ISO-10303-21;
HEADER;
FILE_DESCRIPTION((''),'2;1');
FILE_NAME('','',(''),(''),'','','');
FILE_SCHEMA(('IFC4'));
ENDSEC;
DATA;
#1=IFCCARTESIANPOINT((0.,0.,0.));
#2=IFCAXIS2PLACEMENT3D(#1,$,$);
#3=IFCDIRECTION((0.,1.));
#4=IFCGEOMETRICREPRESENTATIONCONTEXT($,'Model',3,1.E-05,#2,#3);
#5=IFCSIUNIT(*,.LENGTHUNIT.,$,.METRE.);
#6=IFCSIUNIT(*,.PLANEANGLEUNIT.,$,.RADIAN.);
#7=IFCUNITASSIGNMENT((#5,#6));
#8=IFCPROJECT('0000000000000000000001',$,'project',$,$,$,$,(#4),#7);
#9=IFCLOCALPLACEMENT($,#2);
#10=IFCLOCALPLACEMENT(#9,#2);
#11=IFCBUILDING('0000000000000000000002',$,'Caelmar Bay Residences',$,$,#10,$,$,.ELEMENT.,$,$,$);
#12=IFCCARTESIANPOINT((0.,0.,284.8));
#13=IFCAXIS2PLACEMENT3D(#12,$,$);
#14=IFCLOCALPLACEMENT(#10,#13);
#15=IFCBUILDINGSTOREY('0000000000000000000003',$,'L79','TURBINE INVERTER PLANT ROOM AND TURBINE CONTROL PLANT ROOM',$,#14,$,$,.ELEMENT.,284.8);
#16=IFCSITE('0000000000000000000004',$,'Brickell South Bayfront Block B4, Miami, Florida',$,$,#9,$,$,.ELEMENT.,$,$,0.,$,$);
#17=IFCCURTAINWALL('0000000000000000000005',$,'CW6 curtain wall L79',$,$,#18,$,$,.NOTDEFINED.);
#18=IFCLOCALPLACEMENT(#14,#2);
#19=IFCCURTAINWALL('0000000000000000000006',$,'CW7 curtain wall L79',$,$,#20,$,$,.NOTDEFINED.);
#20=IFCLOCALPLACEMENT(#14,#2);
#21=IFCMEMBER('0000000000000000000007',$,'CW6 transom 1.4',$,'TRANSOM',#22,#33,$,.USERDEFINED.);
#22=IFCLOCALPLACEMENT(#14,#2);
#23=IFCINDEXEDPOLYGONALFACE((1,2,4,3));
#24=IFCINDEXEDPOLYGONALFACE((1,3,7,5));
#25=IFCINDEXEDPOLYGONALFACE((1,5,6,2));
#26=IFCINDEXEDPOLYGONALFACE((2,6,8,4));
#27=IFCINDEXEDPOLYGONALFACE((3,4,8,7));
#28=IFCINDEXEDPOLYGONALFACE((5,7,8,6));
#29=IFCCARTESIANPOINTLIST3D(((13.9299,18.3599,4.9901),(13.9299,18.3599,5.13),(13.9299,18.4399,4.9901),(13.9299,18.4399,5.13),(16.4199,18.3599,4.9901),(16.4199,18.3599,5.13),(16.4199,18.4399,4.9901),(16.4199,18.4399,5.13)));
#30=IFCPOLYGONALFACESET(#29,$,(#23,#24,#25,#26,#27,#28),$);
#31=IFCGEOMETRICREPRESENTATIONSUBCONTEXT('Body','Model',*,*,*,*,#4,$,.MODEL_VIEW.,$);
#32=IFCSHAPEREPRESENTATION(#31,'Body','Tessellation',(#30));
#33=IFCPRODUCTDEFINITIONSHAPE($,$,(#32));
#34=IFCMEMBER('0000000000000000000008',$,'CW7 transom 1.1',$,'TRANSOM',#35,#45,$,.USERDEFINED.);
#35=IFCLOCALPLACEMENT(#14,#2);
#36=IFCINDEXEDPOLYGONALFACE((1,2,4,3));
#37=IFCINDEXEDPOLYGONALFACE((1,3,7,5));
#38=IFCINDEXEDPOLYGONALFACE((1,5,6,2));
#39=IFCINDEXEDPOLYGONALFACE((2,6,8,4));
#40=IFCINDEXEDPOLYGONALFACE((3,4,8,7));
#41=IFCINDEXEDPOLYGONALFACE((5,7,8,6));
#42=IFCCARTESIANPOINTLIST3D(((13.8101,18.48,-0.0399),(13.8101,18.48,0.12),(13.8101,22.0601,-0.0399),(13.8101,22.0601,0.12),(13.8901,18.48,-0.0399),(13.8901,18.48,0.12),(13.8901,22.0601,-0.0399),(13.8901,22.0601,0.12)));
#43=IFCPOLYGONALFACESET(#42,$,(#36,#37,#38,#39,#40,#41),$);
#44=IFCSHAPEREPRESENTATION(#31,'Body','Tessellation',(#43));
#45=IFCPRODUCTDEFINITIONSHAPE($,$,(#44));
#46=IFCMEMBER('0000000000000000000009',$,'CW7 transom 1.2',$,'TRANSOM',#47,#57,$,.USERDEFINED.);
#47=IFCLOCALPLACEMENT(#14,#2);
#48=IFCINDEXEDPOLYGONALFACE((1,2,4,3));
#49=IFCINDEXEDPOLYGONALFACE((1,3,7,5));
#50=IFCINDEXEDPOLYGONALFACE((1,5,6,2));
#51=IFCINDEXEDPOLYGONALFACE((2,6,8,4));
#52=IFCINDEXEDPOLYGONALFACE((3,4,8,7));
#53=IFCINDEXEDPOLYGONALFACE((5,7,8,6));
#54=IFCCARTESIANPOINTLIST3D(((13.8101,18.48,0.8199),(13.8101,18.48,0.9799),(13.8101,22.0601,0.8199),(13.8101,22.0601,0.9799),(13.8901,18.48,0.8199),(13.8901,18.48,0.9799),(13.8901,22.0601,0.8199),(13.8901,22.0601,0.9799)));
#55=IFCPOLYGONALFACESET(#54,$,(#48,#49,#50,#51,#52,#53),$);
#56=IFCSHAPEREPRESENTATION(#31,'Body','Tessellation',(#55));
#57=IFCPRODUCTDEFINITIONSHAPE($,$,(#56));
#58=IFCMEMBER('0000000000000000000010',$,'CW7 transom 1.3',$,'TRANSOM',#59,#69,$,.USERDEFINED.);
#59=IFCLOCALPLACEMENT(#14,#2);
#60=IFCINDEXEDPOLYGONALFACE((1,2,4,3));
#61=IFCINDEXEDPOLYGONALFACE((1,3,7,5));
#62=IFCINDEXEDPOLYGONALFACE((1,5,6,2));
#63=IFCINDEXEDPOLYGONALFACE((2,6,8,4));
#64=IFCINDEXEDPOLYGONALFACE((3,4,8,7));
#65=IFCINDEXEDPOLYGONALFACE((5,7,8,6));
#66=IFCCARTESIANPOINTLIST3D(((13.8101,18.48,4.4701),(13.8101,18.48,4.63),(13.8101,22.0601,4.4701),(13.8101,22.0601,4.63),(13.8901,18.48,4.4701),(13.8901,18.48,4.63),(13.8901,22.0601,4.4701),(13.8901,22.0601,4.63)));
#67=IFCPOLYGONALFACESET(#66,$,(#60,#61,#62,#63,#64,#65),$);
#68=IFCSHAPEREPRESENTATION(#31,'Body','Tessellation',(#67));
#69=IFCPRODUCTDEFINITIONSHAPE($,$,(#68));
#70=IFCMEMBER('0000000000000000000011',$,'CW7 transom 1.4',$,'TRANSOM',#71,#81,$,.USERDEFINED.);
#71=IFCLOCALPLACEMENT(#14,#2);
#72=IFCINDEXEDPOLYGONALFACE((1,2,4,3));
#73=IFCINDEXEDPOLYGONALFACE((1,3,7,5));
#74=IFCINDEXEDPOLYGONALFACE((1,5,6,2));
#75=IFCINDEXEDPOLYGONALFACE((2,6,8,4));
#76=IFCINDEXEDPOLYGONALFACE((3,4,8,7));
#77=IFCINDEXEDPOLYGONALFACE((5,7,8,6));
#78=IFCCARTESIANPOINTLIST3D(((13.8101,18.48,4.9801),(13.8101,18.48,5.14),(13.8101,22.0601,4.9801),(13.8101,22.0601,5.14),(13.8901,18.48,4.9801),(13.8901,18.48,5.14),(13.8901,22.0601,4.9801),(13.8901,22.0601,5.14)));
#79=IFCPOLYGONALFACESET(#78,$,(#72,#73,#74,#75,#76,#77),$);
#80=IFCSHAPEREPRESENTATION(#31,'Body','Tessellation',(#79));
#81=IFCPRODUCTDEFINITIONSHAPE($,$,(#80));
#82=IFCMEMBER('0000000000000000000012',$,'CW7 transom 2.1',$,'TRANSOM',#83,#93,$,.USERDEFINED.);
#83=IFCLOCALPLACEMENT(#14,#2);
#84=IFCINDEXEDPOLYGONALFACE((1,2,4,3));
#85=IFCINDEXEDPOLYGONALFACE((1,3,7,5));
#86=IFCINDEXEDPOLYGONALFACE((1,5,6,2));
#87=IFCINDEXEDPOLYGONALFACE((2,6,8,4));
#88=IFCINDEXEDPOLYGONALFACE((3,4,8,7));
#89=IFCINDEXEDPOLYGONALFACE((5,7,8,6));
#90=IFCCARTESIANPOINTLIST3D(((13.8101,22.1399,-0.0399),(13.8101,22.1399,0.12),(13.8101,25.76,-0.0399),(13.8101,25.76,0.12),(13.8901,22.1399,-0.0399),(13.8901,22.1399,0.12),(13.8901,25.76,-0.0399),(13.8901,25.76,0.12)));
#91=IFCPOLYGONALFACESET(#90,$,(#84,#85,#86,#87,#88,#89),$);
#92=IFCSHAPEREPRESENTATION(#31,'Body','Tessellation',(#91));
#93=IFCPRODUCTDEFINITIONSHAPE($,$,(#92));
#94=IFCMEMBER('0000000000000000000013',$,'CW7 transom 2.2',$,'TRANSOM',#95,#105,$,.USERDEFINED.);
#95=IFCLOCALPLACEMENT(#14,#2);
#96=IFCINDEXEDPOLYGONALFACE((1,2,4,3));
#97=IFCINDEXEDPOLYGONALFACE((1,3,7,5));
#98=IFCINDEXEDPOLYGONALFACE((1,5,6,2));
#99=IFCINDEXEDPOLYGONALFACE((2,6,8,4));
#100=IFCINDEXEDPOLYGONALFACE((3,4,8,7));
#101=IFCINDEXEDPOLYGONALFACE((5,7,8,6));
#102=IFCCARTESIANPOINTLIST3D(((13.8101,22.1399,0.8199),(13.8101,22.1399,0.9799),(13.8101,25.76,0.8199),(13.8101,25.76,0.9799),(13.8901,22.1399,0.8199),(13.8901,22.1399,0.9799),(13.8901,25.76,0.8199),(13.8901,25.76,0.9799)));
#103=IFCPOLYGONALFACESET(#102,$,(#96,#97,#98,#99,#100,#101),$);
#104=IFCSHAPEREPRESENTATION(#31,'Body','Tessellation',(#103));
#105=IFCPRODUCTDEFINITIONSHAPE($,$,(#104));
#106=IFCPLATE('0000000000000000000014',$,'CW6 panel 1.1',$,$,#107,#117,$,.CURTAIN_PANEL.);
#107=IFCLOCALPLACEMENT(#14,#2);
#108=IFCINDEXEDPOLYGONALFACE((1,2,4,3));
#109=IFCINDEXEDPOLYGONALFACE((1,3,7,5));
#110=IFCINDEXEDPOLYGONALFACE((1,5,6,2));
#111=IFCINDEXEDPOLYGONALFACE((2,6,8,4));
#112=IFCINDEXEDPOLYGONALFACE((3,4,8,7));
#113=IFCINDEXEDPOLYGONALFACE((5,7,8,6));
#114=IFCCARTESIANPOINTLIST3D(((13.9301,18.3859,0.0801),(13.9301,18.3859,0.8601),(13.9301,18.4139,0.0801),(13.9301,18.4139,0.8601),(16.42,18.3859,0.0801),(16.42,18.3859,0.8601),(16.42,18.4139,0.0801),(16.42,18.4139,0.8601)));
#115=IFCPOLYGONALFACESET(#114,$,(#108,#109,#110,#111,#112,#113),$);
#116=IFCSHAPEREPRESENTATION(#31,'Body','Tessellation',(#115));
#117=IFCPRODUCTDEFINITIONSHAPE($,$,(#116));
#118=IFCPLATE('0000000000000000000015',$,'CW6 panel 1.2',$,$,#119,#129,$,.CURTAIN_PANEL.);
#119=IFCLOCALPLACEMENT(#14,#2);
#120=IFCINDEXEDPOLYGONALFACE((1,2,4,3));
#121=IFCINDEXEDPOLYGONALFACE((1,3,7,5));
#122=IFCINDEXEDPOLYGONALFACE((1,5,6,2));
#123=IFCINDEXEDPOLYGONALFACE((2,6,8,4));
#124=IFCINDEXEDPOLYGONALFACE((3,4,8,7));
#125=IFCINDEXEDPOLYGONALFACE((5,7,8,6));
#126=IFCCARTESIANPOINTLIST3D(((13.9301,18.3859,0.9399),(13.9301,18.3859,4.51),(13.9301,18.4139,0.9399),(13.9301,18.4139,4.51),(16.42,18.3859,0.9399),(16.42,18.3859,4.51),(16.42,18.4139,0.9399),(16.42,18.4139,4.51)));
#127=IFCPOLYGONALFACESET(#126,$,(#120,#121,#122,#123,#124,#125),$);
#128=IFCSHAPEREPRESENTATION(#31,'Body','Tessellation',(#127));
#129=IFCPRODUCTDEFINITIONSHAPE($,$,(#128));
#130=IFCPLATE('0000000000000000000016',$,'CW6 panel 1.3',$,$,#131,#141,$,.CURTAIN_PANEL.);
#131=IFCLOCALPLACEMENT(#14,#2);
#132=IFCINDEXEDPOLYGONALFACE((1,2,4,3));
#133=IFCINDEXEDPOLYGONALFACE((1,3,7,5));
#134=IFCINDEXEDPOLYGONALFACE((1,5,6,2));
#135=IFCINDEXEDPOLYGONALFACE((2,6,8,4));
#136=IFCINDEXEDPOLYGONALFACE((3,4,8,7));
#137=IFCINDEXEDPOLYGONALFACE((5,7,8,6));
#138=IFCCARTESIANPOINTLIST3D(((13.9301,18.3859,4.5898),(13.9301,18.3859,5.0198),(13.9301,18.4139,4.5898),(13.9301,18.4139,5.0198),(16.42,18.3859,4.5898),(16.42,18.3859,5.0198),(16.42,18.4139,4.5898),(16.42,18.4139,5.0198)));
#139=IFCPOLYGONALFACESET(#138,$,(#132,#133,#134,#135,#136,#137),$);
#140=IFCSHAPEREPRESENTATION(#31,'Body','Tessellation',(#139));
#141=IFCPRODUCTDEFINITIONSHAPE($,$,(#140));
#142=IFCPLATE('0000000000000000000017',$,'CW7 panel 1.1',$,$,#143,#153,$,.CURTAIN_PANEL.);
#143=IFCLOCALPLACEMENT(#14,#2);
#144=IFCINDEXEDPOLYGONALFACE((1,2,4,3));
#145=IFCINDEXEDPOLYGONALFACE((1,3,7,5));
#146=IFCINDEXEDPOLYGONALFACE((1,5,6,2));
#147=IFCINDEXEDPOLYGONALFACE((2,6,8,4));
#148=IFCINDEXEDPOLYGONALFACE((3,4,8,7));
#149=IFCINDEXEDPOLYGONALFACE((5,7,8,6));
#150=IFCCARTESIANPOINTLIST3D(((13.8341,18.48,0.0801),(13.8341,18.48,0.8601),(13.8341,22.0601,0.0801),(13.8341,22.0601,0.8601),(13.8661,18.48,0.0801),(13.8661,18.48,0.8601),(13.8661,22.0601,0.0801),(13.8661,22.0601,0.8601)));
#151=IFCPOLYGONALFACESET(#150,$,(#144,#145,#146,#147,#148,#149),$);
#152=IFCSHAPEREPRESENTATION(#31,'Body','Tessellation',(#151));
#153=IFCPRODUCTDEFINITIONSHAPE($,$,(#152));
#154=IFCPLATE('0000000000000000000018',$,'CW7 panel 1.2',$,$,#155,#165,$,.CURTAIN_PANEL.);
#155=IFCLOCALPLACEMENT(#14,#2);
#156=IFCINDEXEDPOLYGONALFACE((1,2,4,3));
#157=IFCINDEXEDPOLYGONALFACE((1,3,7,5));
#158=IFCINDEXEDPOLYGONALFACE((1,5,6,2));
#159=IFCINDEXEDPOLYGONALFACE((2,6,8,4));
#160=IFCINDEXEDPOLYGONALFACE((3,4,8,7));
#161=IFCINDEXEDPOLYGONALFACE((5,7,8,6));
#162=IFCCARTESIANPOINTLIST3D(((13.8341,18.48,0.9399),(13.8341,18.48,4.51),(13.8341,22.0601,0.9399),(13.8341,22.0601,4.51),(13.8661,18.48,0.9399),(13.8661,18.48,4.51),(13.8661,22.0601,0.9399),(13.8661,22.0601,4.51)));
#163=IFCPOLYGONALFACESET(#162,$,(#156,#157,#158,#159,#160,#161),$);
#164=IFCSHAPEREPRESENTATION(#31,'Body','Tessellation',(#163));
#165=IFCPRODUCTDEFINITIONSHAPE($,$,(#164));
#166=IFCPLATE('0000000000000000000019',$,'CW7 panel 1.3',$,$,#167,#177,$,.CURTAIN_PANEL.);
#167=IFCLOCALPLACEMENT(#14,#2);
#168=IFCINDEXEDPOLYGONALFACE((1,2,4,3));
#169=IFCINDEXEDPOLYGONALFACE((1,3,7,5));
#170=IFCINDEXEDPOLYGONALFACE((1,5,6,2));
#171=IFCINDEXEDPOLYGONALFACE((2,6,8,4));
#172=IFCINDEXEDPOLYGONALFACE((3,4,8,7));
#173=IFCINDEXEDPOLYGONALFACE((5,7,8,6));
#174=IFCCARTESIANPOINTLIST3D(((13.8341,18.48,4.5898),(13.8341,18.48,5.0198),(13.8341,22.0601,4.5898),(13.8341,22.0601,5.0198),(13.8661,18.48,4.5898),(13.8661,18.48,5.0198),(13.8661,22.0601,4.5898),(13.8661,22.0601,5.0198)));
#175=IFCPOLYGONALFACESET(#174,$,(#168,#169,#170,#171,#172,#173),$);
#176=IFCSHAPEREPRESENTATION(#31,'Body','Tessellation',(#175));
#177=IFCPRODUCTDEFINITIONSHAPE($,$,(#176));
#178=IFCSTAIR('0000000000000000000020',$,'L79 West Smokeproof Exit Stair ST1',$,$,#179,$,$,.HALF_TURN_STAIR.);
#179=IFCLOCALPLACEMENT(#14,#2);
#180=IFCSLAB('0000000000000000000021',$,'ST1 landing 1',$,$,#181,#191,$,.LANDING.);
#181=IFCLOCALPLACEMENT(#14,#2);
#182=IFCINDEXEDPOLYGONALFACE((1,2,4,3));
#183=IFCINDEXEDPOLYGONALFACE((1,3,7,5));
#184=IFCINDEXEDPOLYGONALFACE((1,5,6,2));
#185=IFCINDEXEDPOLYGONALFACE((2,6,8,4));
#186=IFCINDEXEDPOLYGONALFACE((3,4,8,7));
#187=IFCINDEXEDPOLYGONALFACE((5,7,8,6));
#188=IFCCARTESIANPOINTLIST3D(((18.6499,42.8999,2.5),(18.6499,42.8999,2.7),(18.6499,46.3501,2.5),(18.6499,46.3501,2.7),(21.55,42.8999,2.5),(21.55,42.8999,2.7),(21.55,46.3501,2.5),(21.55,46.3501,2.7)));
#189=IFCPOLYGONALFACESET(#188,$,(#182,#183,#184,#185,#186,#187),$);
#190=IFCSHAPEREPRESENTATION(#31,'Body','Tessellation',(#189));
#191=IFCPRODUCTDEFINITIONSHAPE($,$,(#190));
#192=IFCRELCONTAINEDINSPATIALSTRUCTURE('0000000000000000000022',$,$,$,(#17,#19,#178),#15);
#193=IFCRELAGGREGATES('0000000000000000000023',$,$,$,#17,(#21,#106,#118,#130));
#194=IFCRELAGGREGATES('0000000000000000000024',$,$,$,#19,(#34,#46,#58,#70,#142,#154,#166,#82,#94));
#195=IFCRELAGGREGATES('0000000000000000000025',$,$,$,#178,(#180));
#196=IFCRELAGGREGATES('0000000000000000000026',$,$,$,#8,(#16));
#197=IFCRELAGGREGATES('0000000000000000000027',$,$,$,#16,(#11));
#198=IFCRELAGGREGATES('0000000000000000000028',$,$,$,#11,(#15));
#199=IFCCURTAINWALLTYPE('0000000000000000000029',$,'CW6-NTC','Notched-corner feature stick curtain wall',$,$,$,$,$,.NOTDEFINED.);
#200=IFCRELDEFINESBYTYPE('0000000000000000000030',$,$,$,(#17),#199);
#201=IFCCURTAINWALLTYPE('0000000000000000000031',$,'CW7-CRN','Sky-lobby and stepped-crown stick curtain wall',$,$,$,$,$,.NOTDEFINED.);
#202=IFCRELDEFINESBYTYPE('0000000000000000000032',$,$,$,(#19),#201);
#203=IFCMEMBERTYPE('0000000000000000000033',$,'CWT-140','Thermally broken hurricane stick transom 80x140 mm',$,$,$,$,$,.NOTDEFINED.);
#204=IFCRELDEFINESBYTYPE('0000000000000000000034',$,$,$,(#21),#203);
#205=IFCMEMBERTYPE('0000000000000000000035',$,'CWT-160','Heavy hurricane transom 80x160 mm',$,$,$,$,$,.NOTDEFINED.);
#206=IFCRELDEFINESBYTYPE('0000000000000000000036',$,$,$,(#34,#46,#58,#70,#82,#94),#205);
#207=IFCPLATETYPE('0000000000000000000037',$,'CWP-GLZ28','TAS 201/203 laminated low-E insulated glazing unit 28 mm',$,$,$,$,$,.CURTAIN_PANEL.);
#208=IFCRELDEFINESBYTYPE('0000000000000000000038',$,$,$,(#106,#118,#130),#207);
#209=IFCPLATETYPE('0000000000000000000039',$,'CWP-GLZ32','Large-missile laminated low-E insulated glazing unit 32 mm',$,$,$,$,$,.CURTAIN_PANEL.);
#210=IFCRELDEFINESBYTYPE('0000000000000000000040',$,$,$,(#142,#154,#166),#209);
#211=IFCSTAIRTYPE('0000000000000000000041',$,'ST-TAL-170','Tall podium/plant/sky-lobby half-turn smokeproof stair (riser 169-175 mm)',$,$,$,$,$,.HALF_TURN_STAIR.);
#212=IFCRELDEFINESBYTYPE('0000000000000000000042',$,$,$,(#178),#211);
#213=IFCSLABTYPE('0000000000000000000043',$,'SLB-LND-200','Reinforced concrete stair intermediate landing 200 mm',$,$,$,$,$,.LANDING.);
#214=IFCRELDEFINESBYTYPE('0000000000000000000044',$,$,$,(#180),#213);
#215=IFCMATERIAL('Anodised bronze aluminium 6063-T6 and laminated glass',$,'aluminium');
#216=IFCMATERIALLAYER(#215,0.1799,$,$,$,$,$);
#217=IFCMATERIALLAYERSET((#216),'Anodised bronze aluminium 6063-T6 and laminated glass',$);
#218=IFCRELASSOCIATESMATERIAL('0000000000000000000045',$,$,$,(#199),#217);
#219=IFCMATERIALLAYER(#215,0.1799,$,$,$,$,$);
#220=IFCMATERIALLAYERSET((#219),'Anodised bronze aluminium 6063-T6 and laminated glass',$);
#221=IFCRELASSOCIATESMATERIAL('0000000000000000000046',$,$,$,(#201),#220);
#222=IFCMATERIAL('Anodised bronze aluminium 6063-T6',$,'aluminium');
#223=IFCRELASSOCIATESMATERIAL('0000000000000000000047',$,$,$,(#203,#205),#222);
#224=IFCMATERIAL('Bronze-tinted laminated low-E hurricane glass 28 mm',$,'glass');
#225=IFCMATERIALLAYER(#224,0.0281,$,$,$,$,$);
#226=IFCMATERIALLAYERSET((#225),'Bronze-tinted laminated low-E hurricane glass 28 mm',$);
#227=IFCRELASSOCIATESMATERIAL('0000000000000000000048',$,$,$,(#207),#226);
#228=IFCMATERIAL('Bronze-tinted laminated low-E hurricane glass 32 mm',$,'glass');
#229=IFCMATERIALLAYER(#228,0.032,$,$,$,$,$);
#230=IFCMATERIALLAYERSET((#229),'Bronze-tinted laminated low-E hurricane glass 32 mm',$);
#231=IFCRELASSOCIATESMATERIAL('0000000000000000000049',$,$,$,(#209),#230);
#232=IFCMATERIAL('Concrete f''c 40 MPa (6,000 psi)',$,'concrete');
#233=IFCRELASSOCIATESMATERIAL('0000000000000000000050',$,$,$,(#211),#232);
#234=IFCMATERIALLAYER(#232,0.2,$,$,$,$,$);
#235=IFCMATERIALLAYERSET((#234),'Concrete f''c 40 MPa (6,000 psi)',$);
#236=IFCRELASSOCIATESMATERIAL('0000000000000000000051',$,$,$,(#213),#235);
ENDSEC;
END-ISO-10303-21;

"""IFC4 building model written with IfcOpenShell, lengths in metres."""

from ifc_helpers import new_model, si_unit, direction, frame, origin, origin_2d, place, context, subcontext, project, spatial, polyline, rectangle, outline, extrude, material, layer, layer_set, material_profile, profile_set, type_object, element, aggregate, save


model = new_model("IFC4")

# Units and contexts
model_context = context("Model", 3, precision=1e-05, world=origin(), true_north=direction((0.0, 1.0)))
body_context = subcontext(model_context, "Body", "Model", "MODEL_VIEW")
ifc_project = project(units=[si_unit("LENGTHUNIT", "METRE"), si_unit("PLANEANGLEUNIT", "RADIAN")], contexts=[model_context])

# Site, building, storey
site_placement = place(None, origin())
site = spatial("IfcSite", under=ifc_project, at=site_placement, Name="Brickell South Bayfront Block B4, Miami, Florida", CompositionType="ELEMENT", RefElevation=0.0)
building_placement = place(site_placement, origin())
building = spatial("IfcBuilding", under=site, at=building_placement, Name="Caelmar Bay Residences", CompositionType="ELEMENT")
storey_placement = place(building_placement, frame((0.0, 0.0, 284.8)))
storey = spatial("IfcBuildingStorey", under=building, at=storey_placement, Name="L79", Description="TURBINE INVERTER PLANT ROOM AND TURBINE CONTROL PLANT ROOM", CompositionType="ELEMENT", Elevation=284.8)

# Curtain walls
ifc_material_1 = material(Name="Anodised bronze aluminium 6063-T6 and laminated glass", Category="aluminium")
ifc_layer_1 = layer(ifc_material_1, 0.1799)
ifc_layer_set_1 = layer_set([ifc_layer_1], Name="Anodised bronze aluminium 6063-T6 and laminated glass")
curtain_wall_type_1 = type_object("IfcCurtainWallType", Name="CW6-NTC", Description="Notched-corner feature stick curtain wall", PredefinedType="NOTDEFINED", material=ifc_layer_set_1)
curtain_wall_1_placement = place(storey_placement, origin())
curtain_wall_1 = element("IfcCurtainWall", 1, at=curtain_wall_1_placement, inside=storey, type_object=curtain_wall_type_1, Name="CW6 curtain wall L79", PredefinedType="NOTDEFINED")
ifc_material_2 = material(Name="Anodised bronze aluminium 6063-T6", Category="aluminium")
ifc_layer_2 = layer(ifc_material_1, 0.1799)
ifc_layer_set_2 = layer_set([ifc_layer_2], Name="Anodised bronze aluminium 6063-T6 and laminated glass")
curtain_wall_type_2 = type_object("IfcCurtainWallType", Name="CW7-CRN", Description="Sky-lobby and stepped-crown stick curtain wall", PredefinedType="NOTDEFINED", material=ifc_layer_set_2)
curtain_wall_2_placement = place(storey_placement, origin())
curtain_wall_2 = element("IfcCurtainWall", 2, at=curtain_wall_2_placement, inside=storey, type_object=curtain_wall_type_2, Name="CW7 curtain wall L79", PredefinedType="NOTDEFINED")

# Members
ifc_material_profile_1 = material_profile(ifc_material_2, rectangle(XDim=0.0801, YDim=0.1399, at=origin_2d()), Name="CWT-80X140")
ifc_profile_set_1 = profile_set([ifc_material_profile_1], Name="Anodised bronze aluminium 6063-T6")
member_type_1 = type_object("IfcMemberType", Name="CWT-140", Description="Thermally broken hurricane stick transom 80x140 mm", PredefinedType="NOTDEFINED", material=ifc_profile_set_1)
member_1_placement = place(storey_placement, frame((13.9299, 18.3999, 5.0601), z_axis=(1.0, 0.0, 0.0), x_axis=(0.0, 1.0, 0.0)))
member_1 = element("IfcMember", 3, at=member_1_placement, type_object=member_type_1, Name="CW6 transom 1.4", ObjectType="TRANSOM", PredefinedType="USERDEFINED", context=body_context, shape_type="SweptSolid", body=[
    extrude(rectangle(XDim=0.0801, YDim=0.1399, at=origin_2d()), origin(), (0.0, 0.0, 1.0), 2.49),
])
ifc_material_profile_2 = material_profile(ifc_material_2, rectangle(XDim=0.0801, YDim=0.1599, at=origin_2d()), Name="CWT-80X160")
ifc_profile_set_2 = profile_set([ifc_material_profile_2], Name="Anodised bronze aluminium 6063-T6")
member_type_2 = type_object("IfcMemberType", Name="CWT-160", Description="Heavy hurricane transom 80x160 mm", PredefinedType="NOTDEFINED", material=ifc_profile_set_2)
member_2_placement = place(storey_placement, frame((13.8501, 18.48, 0.04), z_axis=(0.0, 1.0, 0.0), x_axis=(-1.0, 0.0, 0.0)))
member_2 = element("IfcMember", 4, at=member_2_placement, type_object=member_type_2, Name="CW7 transom 1.1", ObjectType="TRANSOM", PredefinedType="USERDEFINED", context=body_context, shape_type="SweptSolid", body=[
    extrude(rectangle(XDim=0.0801, YDim=0.1599, at=origin_2d()), origin(), (0.0, 0.0, 1.0), 3.5801),
])
member_3_placement = place(storey_placement, frame((13.8501, 18.48, 0.8999), z_axis=(0.0, 1.0, 0.0), x_axis=(-1.0, 0.0, 0.0)))
member_3 = element("IfcMember", 5, at=member_3_placement, type_object=member_type_2, Name="CW7 transom 1.2", ObjectType="TRANSOM", PredefinedType="USERDEFINED", context=body_context, shape_type="SweptSolid", body=[
    extrude(rectangle(XDim=0.0801, YDim=0.1599, at=origin_2d()), origin(), (0.0, 0.0, 1.0), 3.5801),
])
member_4_placement = place(storey_placement, frame((13.8501, 18.48, 4.55), z_axis=(0.0, 1.0, 0.0), x_axis=(-1.0, 0.0, 0.0)))
member_4 = element("IfcMember", 6, at=member_4_placement, type_object=member_type_2, Name="CW7 transom 1.3", ObjectType="TRANSOM", PredefinedType="USERDEFINED", context=body_context, shape_type="SweptSolid", body=[
    extrude(rectangle(XDim=0.0801, YDim=0.1599, at=origin_2d()), origin(), (0.0, 0.0, 1.0), 3.5801),
])
member_5_placement = place(storey_placement, frame((13.8501, 18.48, 5.0601), z_axis=(0.0, 1.0, 0.0), x_axis=(-1.0, 0.0, 0.0)))
member_5 = element("IfcMember", 7, at=member_5_placement, type_object=member_type_2, Name="CW7 transom 1.4", ObjectType="TRANSOM", PredefinedType="USERDEFINED", context=body_context, shape_type="SweptSolid", body=[
    extrude(rectangle(XDim=0.0801, YDim=0.1599, at=origin_2d()), origin(), (0.0, 0.0, 1.0), 3.5801),
])
member_6_placement = place(storey_placement, frame((13.8501, 22.1399, 0.04), z_axis=(0.0, 1.0, 0.0), x_axis=(-1.0, 0.0, 0.0)))
member_6 = element("IfcMember", 8, at=member_6_placement, type_object=member_type_2, Name="CW7 transom 2.1", ObjectType="TRANSOM", PredefinedType="USERDEFINED", context=body_context, shape_type="SweptSolid", body=[
    extrude(rectangle(XDim=0.0801, YDim=0.1599, at=origin_2d()), origin(), (0.0, 0.0, 1.0), 3.6201),
])
member_7_placement = place(storey_placement, frame((13.8501, 22.1399, 0.8999), z_axis=(0.0, 1.0, 0.0), x_axis=(-1.0, 0.0, 0.0)))
member_7 = element("IfcMember", 9, at=member_7_placement, type_object=member_type_2, Name="CW7 transom 2.2", ObjectType="TRANSOM", PredefinedType="USERDEFINED", context=body_context, shape_type="SweptSolid", body=[
    extrude(rectangle(XDim=0.0801, YDim=0.1599, at=origin_2d()), origin(), (0.0, 0.0, 1.0), 3.6201),
])

# Plates
ifc_material_3 = material(Name="Bronze-tinted laminated low-E hurricane glass 28 mm", Category="glass")
ifc_layer_3 = layer(ifc_material_3, 0.0281)
ifc_layer_set_3 = layer_set([ifc_layer_3], Name="Bronze-tinted laminated low-E hurricane glass 28 mm")
plate_type_1 = type_object("IfcPlateType", Name="CWP-GLZ28", Description="TAS 201/203 laminated low-E insulated glazing unit 28 mm", PredefinedType="CURTAIN_PANEL", material=ifc_layer_set_3)
plate_1_placement = place(storey_placement, frame((15.175, 18.3999, 0.0801), z_axis=(0.0, 0.0, 1.0), x_axis=(1.0, 0.0, 0.0)))
plate_1 = element("IfcPlate", 10, at=plate_1_placement, type_object=plate_type_1, Name="CW6 panel 1.1", PredefinedType="CURTAIN_PANEL", context=body_context, shape_type="SweptSolid", body=[
    extrude(rectangle(XDim=2.49, YDim=0.0281, at=origin_2d()), origin(), (0.0, 0.0, 1.0), 0.78),
])
plate_2_placement = place(storey_placement, frame((15.175, 18.3999, 0.9399), z_axis=(0.0, 0.0, 1.0), x_axis=(1.0, 0.0, 0.0)))
plate_2 = element("IfcPlate", 11, at=plate_2_placement, type_object=plate_type_1, Name="CW6 panel 1.2", PredefinedType="CURTAIN_PANEL", context=body_context, shape_type="SweptSolid", body=[
    extrude(rectangle(XDim=2.49, YDim=0.0281, at=origin_2d()), origin(), (0.0, 0.0, 1.0), 3.5701),
])
plate_3_placement = place(storey_placement, frame((15.175, 18.3999, 4.5898), z_axis=(0.0, 0.0, 1.0), x_axis=(1.0, 0.0, 0.0)))
plate_3 = element("IfcPlate", 12, at=plate_3_placement, type_object=plate_type_1, Name="CW6 panel 1.3", PredefinedType="CURTAIN_PANEL", context=body_context, shape_type="SweptSolid", body=[
    extrude(rectangle(XDim=2.49, YDim=0.0281, at=origin_2d()), origin(), (0.0, 0.0, 1.0), 0.4299),
])
aggregate(curtain_wall_1, [member_1, plate_1, plate_2, plate_3])
ifc_material_4 = material(Name="Bronze-tinted laminated low-E hurricane glass 32 mm", Category="glass")
ifc_layer_4 = layer(ifc_material_4, 0.032)
ifc_layer_set_4 = layer_set([ifc_layer_4], Name="Bronze-tinted laminated low-E hurricane glass 32 mm")
plate_type_2 = type_object("IfcPlateType", Name="CWP-GLZ32", Description="Large-missile laminated low-E insulated glazing unit 32 mm", PredefinedType="CURTAIN_PANEL", material=ifc_layer_set_4)
plate_4_placement = place(storey_placement, frame((13.8501, 20.27, 0.0801), z_axis=(0.0, 0.0, 1.0), x_axis=(0.0, 1.0, 0.0)))
plate_4 = element("IfcPlate", 13, at=plate_4_placement, type_object=plate_type_2, Name="CW7 panel 1.1", PredefinedType="CURTAIN_PANEL", context=body_context, shape_type="SweptSolid", body=[
    extrude(rectangle(XDim=3.5801, YDim=0.032, at=origin_2d()), origin(), (0.0, 0.0, 1.0), 0.78),
])
plate_5_placement = place(storey_placement, frame((13.8501, 20.27, 0.9399), z_axis=(0.0, 0.0, 1.0), x_axis=(0.0, 1.0, 0.0)))
plate_5 = element("IfcPlate", 14, at=plate_5_placement, type_object=plate_type_2, Name="CW7 panel 1.2", PredefinedType="CURTAIN_PANEL", context=body_context, shape_type="SweptSolid", body=[
    extrude(rectangle(XDim=3.5801, YDim=0.032, at=origin_2d()), origin(), (0.0, 0.0, 1.0), 3.5701),
])
plate_6_placement = place(storey_placement, frame((13.8501, 20.27, 4.5898), z_axis=(0.0, 0.0, 1.0), x_axis=(0.0, 1.0, 0.0)))
plate_6 = element("IfcPlate", 15, at=plate_6_placement, type_object=plate_type_2, Name="CW7 panel 1.3", PredefinedType="CURTAIN_PANEL", context=body_context, shape_type="SweptSolid", body=[
    extrude(rectangle(XDim=3.5801, YDim=0.032, at=origin_2d()), origin(), (0.0, 0.0, 1.0), 0.4299),
])
aggregate(curtain_wall_2, [member_2, member_3, member_4, member_5, plate_4, plate_5, plate_6, member_6, member_7])

# Stair, slab
ifc_material_5 = material(Name="Concrete f'c 40 MPa (6,000 psi)", Category="concrete")
stair_type = type_object("IfcStairType", Name="ST-TAL-170", Description="Tall podium/plant/sky-lobby half-turn smokeproof stair (riser 169-175 mm)", PredefinedType="HALF_TURN_STAIR", material=ifc_material_5)
stair_1_placement = place(storey_placement, origin())
stair_1 = element("IfcStair", 16, at=stair_1_placement, inside=storey, type_object=stair_type, Name="L79 West Smokeproof Exit Stair ST1", PredefinedType="HALF_TURN_STAIR")
ifc_layer_5 = layer(ifc_material_5, 0.2)
ifc_layer_set_5 = layer_set([ifc_layer_5], Name="Concrete f'c 40 MPa (6,000 psi)")
slab_type_1 = type_object("IfcSlabType", Name="SLB-LND-200", Description="Reinforced concrete stair intermediate landing 200 mm", PredefinedType="LANDING", material=ifc_layer_set_5)
slab_1_placement = place(storey_placement, frame((0.0, 0.0, 2.5)))
slab_1 = element("IfcSlab", 17, at=slab_1_placement, type_object=slab_type_1, Name="ST1 landing 1", PredefinedType="LANDING", context=body_context, shape_type="SweptSolid", body=[
    extrude(outline(polyline([(21.55, 42.8999), (21.55, 46.3501), (18.6499, 46.3501), (18.6499, 42.8999), (21.55, 42.8999)])), origin(), (0.0, 0.0, 1.0), 0.2),
])
aggregate(stair_1, [slab_1])

save(model, "model.ifc")
